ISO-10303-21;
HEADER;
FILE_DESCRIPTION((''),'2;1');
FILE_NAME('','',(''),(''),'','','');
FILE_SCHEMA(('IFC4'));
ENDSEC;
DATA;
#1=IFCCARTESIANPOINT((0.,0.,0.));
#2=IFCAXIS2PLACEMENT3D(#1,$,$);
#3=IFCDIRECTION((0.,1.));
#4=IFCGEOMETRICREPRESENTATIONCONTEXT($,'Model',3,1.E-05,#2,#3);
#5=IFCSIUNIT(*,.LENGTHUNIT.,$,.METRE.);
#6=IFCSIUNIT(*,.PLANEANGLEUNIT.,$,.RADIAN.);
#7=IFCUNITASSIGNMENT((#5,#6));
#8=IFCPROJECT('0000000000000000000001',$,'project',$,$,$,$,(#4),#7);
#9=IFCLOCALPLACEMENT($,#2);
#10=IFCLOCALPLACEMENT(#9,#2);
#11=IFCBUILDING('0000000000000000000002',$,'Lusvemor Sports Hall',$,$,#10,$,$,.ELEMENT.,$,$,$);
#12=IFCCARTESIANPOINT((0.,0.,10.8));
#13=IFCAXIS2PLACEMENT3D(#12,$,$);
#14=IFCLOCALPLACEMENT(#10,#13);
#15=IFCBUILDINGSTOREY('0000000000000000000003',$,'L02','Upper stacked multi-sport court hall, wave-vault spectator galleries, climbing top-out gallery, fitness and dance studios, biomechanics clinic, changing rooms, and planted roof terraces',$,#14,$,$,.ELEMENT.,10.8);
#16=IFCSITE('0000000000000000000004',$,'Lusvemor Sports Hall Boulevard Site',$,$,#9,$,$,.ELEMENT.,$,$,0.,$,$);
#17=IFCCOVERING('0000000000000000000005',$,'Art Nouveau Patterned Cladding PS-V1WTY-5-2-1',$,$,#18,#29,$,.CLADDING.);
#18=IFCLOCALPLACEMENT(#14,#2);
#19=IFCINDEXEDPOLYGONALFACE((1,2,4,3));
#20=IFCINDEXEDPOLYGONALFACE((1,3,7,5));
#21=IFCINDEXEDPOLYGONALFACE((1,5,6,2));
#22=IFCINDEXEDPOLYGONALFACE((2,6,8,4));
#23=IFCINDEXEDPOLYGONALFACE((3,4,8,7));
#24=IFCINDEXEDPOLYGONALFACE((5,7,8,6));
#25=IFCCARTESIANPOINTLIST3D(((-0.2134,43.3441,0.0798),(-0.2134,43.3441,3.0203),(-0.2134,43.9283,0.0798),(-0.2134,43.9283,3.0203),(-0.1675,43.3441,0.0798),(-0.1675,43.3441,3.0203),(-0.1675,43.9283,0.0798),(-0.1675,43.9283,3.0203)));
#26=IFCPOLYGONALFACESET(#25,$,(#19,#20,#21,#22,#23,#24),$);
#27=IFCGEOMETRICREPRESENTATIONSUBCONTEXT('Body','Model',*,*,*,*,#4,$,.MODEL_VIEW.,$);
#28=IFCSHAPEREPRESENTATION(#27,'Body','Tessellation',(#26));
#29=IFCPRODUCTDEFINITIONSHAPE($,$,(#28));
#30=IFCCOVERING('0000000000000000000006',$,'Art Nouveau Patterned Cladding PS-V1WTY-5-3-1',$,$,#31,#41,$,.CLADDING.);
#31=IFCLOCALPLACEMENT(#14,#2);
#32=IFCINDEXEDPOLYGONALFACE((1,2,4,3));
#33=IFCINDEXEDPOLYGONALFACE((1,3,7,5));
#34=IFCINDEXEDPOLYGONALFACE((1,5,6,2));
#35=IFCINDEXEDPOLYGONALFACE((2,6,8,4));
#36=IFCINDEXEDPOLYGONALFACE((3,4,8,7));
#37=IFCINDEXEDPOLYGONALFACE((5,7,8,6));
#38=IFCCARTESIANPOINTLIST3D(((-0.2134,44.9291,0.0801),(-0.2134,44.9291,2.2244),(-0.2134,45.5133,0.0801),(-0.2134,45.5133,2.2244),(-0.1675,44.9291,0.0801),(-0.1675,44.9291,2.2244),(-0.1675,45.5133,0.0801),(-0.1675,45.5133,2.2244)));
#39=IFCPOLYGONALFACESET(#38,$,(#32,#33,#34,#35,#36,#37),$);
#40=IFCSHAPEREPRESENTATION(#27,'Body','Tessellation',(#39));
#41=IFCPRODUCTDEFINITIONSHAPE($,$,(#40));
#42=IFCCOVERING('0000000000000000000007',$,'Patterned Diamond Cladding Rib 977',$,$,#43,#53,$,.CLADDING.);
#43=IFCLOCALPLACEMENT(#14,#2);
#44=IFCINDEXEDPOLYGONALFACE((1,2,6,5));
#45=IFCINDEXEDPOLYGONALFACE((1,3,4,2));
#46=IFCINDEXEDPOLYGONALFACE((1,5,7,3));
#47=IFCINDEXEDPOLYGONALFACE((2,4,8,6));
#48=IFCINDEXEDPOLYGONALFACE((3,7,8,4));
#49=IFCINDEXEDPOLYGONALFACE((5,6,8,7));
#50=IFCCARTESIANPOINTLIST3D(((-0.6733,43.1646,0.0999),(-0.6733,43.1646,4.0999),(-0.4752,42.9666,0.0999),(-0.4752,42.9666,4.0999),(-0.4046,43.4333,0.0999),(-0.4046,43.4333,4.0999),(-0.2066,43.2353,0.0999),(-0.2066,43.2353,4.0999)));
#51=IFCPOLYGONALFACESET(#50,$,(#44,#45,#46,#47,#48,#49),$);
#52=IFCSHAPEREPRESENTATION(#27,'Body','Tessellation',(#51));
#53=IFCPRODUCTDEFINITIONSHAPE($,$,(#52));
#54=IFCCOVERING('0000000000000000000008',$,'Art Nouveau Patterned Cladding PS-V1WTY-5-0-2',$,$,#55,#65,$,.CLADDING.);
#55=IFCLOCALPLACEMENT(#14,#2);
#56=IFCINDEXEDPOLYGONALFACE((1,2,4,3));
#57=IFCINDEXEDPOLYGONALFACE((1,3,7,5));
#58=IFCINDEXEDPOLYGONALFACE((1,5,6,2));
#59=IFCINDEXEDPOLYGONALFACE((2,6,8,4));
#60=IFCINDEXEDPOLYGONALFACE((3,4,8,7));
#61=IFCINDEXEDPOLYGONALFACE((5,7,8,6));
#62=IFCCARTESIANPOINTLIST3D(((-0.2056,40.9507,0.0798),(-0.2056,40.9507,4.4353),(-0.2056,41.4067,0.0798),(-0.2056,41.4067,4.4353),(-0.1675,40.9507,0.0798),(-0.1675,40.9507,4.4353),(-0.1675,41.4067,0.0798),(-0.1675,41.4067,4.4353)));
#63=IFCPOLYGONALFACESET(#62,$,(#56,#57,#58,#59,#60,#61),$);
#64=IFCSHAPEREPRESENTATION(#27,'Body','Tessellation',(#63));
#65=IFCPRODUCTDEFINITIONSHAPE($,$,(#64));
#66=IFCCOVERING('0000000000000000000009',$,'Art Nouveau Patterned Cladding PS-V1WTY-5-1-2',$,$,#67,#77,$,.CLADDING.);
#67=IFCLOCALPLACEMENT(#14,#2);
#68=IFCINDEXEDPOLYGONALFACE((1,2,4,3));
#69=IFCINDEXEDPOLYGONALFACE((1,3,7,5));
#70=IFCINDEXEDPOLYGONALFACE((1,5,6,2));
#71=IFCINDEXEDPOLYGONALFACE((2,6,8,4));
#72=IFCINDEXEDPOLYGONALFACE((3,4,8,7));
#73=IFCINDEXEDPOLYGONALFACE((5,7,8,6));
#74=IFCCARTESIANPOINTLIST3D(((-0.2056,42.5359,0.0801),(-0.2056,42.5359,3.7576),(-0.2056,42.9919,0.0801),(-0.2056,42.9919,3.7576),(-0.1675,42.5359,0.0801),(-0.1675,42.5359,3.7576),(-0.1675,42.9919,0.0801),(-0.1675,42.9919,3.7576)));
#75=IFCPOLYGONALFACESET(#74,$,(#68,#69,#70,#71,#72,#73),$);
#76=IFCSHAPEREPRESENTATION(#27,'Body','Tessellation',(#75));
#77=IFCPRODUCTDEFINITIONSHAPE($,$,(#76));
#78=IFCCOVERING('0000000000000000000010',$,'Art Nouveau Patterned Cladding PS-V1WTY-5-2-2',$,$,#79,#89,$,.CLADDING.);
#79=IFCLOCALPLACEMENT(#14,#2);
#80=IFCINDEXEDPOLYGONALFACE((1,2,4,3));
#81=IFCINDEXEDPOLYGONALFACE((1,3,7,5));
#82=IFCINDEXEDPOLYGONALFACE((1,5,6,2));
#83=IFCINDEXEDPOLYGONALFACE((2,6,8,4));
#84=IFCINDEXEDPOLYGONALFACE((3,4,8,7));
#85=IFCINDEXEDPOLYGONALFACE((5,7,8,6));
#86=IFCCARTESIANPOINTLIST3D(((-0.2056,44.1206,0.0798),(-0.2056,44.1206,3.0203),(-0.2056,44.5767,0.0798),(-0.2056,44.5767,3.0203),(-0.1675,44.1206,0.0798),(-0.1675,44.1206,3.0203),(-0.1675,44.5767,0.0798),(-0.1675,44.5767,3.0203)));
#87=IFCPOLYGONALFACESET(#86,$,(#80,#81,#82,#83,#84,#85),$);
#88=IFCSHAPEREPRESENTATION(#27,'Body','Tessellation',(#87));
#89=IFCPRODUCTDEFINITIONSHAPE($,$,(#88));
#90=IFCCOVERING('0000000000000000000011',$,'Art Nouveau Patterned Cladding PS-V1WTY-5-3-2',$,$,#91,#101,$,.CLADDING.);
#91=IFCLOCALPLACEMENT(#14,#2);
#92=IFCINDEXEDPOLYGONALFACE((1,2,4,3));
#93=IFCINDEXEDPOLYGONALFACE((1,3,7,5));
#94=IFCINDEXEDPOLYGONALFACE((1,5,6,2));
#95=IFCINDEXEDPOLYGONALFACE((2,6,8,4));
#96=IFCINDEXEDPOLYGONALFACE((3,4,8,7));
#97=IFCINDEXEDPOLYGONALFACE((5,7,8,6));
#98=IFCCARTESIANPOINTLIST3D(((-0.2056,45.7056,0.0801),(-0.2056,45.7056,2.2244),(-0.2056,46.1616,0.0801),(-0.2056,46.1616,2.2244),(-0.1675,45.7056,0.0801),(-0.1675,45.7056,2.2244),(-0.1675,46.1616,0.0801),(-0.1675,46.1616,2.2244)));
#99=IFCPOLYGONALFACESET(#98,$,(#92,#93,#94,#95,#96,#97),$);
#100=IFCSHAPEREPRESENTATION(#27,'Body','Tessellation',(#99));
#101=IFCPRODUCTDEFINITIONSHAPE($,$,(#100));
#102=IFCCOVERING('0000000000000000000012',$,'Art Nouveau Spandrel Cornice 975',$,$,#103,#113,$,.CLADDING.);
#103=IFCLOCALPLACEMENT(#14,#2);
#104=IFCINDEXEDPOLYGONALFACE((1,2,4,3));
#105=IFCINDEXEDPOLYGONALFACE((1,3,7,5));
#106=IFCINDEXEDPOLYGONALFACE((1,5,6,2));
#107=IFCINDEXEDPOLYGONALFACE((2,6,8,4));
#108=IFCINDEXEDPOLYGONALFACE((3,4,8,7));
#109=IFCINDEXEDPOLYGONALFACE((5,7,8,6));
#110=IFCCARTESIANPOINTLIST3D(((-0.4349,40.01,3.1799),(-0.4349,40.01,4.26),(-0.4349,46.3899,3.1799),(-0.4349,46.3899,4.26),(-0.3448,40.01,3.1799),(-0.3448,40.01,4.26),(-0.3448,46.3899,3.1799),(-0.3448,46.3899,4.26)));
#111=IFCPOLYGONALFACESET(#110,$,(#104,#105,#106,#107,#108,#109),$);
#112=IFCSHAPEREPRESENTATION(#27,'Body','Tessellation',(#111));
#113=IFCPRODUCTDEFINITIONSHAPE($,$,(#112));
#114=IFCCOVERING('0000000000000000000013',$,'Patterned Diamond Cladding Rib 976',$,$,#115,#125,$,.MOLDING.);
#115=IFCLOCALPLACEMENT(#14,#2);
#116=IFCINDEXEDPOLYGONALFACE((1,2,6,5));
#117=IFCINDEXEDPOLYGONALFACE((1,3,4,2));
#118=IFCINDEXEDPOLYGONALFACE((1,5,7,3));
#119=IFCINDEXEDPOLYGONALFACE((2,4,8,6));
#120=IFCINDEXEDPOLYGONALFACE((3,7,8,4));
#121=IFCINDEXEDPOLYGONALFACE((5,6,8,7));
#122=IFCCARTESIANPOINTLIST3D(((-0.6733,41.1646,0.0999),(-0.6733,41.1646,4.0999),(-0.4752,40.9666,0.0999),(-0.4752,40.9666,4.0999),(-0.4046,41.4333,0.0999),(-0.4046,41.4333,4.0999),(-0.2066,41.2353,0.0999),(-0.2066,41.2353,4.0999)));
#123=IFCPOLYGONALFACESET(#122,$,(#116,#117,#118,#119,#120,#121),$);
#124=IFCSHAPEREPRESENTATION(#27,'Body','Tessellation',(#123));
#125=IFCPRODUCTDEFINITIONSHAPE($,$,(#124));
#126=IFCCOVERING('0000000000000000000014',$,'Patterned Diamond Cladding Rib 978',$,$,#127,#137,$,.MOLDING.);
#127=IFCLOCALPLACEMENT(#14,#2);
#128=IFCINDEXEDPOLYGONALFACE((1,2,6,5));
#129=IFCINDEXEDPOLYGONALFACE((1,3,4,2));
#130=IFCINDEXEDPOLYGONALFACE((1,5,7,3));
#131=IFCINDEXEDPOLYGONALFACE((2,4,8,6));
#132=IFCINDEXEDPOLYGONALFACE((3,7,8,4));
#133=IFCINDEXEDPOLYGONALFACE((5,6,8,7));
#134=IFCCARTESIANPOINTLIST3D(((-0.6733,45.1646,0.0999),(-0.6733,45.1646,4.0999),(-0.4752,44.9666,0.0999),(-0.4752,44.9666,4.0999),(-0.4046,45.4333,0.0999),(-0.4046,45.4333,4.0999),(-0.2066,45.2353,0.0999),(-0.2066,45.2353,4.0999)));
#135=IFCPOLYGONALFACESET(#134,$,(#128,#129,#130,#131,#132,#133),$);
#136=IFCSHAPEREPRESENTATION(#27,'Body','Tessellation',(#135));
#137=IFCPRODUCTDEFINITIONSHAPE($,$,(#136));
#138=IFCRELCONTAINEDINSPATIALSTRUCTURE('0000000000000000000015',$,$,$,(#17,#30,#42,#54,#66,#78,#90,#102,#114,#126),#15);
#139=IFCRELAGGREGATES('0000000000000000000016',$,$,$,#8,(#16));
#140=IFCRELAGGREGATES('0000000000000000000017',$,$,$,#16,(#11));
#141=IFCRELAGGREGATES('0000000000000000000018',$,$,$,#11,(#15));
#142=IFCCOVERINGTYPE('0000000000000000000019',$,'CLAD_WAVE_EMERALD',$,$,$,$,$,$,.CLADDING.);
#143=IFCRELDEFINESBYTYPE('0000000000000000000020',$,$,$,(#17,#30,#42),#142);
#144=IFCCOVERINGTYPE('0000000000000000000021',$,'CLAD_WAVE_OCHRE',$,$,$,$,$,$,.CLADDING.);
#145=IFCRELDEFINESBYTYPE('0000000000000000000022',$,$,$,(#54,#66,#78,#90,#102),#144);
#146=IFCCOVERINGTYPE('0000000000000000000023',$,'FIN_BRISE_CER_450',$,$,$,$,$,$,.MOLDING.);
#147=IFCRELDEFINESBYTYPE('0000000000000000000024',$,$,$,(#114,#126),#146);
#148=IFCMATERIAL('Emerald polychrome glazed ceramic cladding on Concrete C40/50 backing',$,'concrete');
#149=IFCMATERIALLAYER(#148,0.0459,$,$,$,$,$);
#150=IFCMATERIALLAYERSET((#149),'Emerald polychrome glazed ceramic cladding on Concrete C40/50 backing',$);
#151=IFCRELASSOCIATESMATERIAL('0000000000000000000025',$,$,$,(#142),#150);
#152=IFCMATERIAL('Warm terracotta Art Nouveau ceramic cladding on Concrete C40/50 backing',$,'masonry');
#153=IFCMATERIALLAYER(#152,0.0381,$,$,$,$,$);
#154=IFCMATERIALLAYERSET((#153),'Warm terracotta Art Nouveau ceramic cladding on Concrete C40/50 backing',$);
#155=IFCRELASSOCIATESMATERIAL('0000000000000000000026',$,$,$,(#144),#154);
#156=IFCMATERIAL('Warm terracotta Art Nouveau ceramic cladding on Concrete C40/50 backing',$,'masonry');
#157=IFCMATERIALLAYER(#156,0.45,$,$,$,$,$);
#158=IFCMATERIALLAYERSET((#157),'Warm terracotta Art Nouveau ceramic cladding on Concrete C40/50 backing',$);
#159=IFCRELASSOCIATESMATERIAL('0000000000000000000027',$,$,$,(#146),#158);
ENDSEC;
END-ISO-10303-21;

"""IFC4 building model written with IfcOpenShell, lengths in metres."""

from ifc_helpers import new_model, si_unit, direction, frame, origin, origin_2d, place, context, subcontext, project, spatial, rectangle, extrude, material, layer, layer_set, type_object, element, save


model = new_model("IFC4")

# Units and contexts
model_context = context("Model", 3, precision=1e-05, world=origin(), true_north=direction((0.0, 1.0)))
body_context = subcontext(model_context, "Body", "Model", "MODEL_VIEW")
ifc_project = project(units=[si_unit("LENGTHUNIT", "METRE"), si_unit("PLANEANGLEUNIT", "RADIAN")], contexts=[model_context])

# Site, building, storey
site_placement = place(None, origin())
site = spatial("IfcSite", under=ifc_project, at=site_placement, Name="Lusvemor Sports Hall Boulevard Site", CompositionType="ELEMENT", RefElevation=0.0)
building_placement = place(site_placement, origin())
building = spatial("IfcBuilding", under=site, at=building_placement, Name="Lusvemor Sports Hall", CompositionType="ELEMENT")
storey_placement = place(building_placement, frame((0.0, 0.0, 10.8)))
storey = spatial("IfcBuildingStorey", under=building, at=storey_placement, Name="L02", Description="Upper stacked multi-sport court hall, wave-vault spectator galleries, climbing top-out gallery, fitness and dance studios, biomechanics clinic, changing rooms, and planted roof terraces", CompositionType="ELEMENT", Elevation=10.8)

# Coverings
ifc_material_1 = material(Name="Emerald polychrome glazed ceramic cladding on Concrete C40/50 backing", Category="concrete")
ifc_layer_1 = layer(ifc_material_1, 0.0459)
ifc_layer_set_1 = layer_set([ifc_layer_1], Name="Emerald polychrome glazed ceramic cladding on Concrete C40/50 backing")
covering_type_1 = type_object("IfcCoveringType", Name="CLAD_WAVE_EMERALD", PredefinedType="CLADDING", material=ifc_layer_set_1)
covering_1_placement = place(storey_placement, frame((-0.1904, 43.6362, 0.0798), z_axis=(0.0, 0.0, 1.0), x_axis=(1.0, 0.0, 0.0)))
element("IfcCovering", 1, at=covering_1_placement, inside=storey, type_object=covering_type_1, Name="Art Nouveau Patterned Cladding PS-V1WTY-5-2-1", PredefinedType="CLADDING", context=body_context, shape_type="SweptSolid", body=[
    extrude(rectangle(XDim=0.0459, YDim=0.5842, at=origin_2d()), origin(), (0.0, 0.0, 1.0), 2.9404),
])
covering_2_placement = place(storey_placement, frame((-0.1904, 45.2212, 0.0801), z_axis=(0.0, 0.0, 1.0), x_axis=(1.0, 0.0, 0.0)))
element("IfcCovering", 2, at=covering_2_placement, inside=storey, type_object=covering_type_1, Name="Art Nouveau Patterned Cladding PS-V1WTY-5-3-1", PredefinedType="CLADDING", context=body_context, shape_type="SweptSolid", body=[
    extrude(rectangle(XDim=0.0459, YDim=0.5842, at=origin_2d()), origin(), (0.0, 0.0, 1.0), 2.1443),
])
covering_3_placement = place(storey_placement, frame((-0.4399, 43.2, 0.0999), z_axis=(0.0, 0.0, 1.0), x_axis=(0.707107, 0.707107, 0.0)))
element("IfcCovering", 3, at=covering_3_placement, inside=storey, type_object=covering_type_1, Name="Patterned Diamond Cladding Rib 977", PredefinedType="CLADDING", context=body_context, shape_type="SweptSolid", body=[
    extrude(rectangle(XDim=0.3799, YDim=0.28, at=origin_2d()), origin(), (0.0, 0.0, 1.0), 4.0),
])
ifc_material_2 = material(Name="Warm terracotta Art Nouveau ceramic cladding on Concrete C40/50 backing", Category="masonry")
ifc_layer_2 = layer(ifc_material_2, 0.0381)
ifc_layer_set_2 = layer_set([ifc_layer_2], Name="Warm terracotta Art Nouveau ceramic cladding on Concrete C40/50 backing")
covering_type_2 = type_object("IfcCoveringType", Name="CLAD_WAVE_OCHRE", PredefinedType="CLADDING", material=ifc_layer_set_2)
covering_4_placement = place(storey_placement, frame((-0.1865, 41.1787, 0.0798), z_axis=(0.0, 0.0, 1.0), x_axis=(1.0, 0.0, 0.0)))
element("IfcCovering", 4, at=covering_4_placement, inside=storey, type_object=covering_type_2, Name="Art Nouveau Patterned Cladding PS-V1WTY-5-0-2", PredefinedType="CLADDING", context=body_context, shape_type="SweptSolid", body=[
    extrude(rectangle(XDim=0.0381, YDim=0.4561, at=origin_2d()), origin(), (0.0, 0.0, 1.0), 4.3555),
])
covering_5_placement = place(storey_placement, frame((-0.1865, 42.7639, 0.0801), z_axis=(0.0, 0.0, 1.0), x_axis=(1.0, 0.0, 0.0)))
element("IfcCovering", 5, at=covering_5_placement, inside=storey, type_object=covering_type_2, Name="Art Nouveau Patterned Cladding PS-V1WTY-5-1-2", PredefinedType="CLADDING", context=body_context, shape_type="SweptSolid", body=[
    extrude(rectangle(XDim=0.0381, YDim=0.4561, at=origin_2d()), origin(), (0.0, 0.0, 1.0), 3.6775),
])
covering_6_placement = place(storey_placement, frame((-0.1865, 44.3486, 0.0798), z_axis=(0.0, 0.0, 1.0), x_axis=(1.0, 0.0, 0.0)))
element("IfcCovering", 6, at=covering_6_placement, inside=storey, type_object=covering_type_2, Name="Art Nouveau Patterned Cladding PS-V1WTY-5-2-2", PredefinedType="CLADDING", context=body_context, shape_type="SweptSolid", body=[
    extrude(rectangle(XDim=0.0381, YDim=0.4561, at=origin_2d()), origin(), (0.0, 0.0, 1.0), 2.9404),
])
covering_7_placement = place(storey_placement, frame((-0.1865, 45.9336, 0.0801), z_axis=(0.0, 0.0, 1.0), x_axis=(1.0, 0.0, 0.0)))
element("IfcCovering", 7, at=covering_7_placement, inside=storey, type_object=covering_type_2, Name="Art Nouveau Patterned Cladding PS-V1WTY-5-3-2", PredefinedType="CLADDING", context=body_context, shape_type="SweptSolid", body=[
    extrude(rectangle(XDim=0.0381, YDim=0.4561, at=origin_2d()), origin(), (0.0, 0.0, 1.0), 2.1443),
])
covering_8_placement = place(storey_placement, frame((-0.3899, 43.2, 3.1799), z_axis=(0.0, 0.0, 1.0), x_axis=(1.0, 0.0, 0.0)))
element("IfcCovering", 8, at=covering_8_placement, inside=storey, type_object=covering_type_2, Name="Art Nouveau Spandrel Cornice 975", PredefinedType="CLADDING", context=body_context, shape_type="SweptSolid", body=[
    extrude(rectangle(XDim=0.0901, YDim=6.3799, at=origin_2d()), origin(), (0.0, 0.0, 1.0), 1.0801),
])
ifc_material_3 = material(Name="Warm terracotta Art Nouveau ceramic cladding on Concrete C40/50 backing", Category="masonry")
ifc_layer_3 = layer(ifc_material_3, 0.45)
ifc_layer_set_3 = layer_set([ifc_layer_3], Name="Warm terracotta Art Nouveau ceramic cladding on Concrete C40/50 backing")
covering_type_3 = type_object("IfcCoveringType", Name="FIN_BRISE_CER_450", PredefinedType="MOLDING", material=ifc_layer_set_3)
for number, where, z_axis, x_axis, name in (
    (9, (-0.4399, 41.2, 0.0999), (0.0, 0.0, 1.0), (0.707107, 0.707107, 0.0), "Patterned Diamond Cladding Rib 976"),
    (10, (-0.4399, 45.2, 0.0999), (0.0, 0.0, 1.0), (0.707107, 0.707107, 0.0), "Patterned Diamond Cladding Rib 978"),
):
    element("IfcCovering", number, at=place(storey_placement, frame(where, z_axis=z_axis, x_axis=x_axis)), inside=storey, type_object=covering_type_3, Name=name, PredefinedType="MOLDING", context=body_context, shape_type="SweptSolid", body=[
        extrude(rectangle(XDim=0.3799, YDim=0.28, at=origin_2d()), origin(), (0.0, 0.0, 1.0), 4.0),
    ])

save(model, "model.ifc")
